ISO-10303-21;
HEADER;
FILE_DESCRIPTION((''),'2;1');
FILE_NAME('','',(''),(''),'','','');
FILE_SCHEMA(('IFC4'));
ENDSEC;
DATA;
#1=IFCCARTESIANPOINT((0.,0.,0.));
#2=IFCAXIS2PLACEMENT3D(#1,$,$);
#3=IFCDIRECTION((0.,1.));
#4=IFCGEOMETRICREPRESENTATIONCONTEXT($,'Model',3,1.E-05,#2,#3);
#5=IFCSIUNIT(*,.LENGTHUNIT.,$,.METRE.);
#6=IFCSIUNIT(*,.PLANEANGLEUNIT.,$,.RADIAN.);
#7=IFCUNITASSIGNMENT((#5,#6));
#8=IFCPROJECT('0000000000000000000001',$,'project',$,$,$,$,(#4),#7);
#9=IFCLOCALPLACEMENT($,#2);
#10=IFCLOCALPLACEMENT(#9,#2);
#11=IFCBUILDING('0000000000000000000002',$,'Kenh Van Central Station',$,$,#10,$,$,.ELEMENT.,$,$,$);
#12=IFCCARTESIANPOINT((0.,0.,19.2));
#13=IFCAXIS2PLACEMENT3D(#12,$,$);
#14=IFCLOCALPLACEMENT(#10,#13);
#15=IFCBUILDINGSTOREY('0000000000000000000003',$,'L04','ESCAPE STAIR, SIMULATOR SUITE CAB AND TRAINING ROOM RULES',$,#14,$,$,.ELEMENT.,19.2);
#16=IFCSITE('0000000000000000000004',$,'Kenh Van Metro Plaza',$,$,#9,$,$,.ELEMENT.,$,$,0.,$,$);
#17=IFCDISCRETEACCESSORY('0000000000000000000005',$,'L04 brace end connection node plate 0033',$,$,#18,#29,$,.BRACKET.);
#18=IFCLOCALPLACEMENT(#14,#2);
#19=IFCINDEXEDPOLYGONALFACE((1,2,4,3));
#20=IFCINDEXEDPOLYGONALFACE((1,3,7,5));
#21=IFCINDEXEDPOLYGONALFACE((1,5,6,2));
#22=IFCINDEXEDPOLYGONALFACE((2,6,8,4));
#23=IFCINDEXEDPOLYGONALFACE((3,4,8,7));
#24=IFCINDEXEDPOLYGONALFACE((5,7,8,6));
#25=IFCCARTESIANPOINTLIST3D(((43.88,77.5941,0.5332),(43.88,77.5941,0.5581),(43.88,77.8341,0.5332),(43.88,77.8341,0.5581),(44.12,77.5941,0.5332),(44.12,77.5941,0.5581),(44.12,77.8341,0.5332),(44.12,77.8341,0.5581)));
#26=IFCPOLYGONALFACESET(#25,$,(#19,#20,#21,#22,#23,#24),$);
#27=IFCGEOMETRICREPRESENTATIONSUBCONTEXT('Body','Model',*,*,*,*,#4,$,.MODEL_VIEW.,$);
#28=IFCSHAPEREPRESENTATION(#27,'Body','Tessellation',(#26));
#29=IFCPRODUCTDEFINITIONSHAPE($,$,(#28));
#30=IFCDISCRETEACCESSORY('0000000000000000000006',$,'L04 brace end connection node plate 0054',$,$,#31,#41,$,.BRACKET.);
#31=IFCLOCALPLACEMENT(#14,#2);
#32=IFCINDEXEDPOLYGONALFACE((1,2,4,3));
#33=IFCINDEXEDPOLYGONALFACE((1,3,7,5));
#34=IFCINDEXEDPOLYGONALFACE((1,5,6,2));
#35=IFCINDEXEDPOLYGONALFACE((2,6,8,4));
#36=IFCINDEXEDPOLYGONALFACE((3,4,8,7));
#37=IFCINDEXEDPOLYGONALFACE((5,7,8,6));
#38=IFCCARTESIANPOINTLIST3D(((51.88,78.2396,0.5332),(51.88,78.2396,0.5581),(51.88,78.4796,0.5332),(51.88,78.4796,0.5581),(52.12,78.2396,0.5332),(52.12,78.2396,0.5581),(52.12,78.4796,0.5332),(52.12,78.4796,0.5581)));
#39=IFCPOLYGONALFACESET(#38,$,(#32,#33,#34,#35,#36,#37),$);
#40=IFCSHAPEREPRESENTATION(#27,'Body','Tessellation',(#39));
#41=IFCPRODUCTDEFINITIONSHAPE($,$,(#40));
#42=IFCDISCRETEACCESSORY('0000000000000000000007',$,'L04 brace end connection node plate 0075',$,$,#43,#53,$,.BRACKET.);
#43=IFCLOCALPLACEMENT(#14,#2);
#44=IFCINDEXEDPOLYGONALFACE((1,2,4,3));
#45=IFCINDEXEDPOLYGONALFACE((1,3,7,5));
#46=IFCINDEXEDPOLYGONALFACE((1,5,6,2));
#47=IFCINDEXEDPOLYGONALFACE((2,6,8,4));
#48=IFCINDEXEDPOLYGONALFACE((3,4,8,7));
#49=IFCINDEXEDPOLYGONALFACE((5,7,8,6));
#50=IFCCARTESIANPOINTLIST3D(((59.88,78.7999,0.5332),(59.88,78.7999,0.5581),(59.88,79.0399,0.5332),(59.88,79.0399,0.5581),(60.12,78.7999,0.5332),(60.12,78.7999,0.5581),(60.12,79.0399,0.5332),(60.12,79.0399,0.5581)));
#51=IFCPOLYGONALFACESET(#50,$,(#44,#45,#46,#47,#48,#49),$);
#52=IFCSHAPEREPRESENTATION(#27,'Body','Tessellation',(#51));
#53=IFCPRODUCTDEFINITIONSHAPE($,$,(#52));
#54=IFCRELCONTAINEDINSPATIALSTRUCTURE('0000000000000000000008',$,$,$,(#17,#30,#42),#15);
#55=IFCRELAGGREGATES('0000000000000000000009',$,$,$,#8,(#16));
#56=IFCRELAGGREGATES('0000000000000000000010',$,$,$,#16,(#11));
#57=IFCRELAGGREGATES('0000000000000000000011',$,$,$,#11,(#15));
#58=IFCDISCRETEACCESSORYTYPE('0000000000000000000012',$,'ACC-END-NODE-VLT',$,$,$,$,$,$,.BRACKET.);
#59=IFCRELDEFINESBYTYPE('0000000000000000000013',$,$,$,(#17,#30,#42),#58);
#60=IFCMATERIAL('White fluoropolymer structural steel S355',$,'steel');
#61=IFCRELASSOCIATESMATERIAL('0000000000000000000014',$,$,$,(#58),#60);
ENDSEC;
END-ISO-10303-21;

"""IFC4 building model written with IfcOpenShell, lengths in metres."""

from ifc_helpers import new_model, si_unit, direction, frame, origin, origin_2d, place, context, subcontext, project, spatial, rectangle, extrude, material, type_object, element, save


model = new_model("IFC4")

# Units and contexts
model_context = context("Model", 3, precision=1e-05, world=origin(), true_north=direction((0.0, 1.0)))
body_context = subcontext(model_context, "Body", "Model", "MODEL_VIEW")
ifc_project = project(units=[si_unit("LENGTHUNIT", "METRE"), si_unit("PLANEANGLEUNIT", "RADIAN")], contexts=[model_context])

# Site, building, storey
site_placement = place(None, origin())
site = spatial("IfcSite", under=ifc_project, at=site_placement, Name="Kenh Van Metro Plaza", CompositionType="ELEMENT", RefElevation=0.0)
building_placement = place(site_placement, origin())
building = spatial("IfcBuilding", under=site, at=building_placement, Name="Kenh Van Central Station", CompositionType="ELEMENT")
storey_placement = place(building_placement, frame((0.0, 0.0, 19.2)))
storey = spatial("IfcBuildingStorey", under=building, at=storey_placement, Name="L04", Description="ESCAPE STAIR, SIMULATOR SUITE CAB AND TRAINING ROOM RULES", CompositionType="ELEMENT", Elevation=19.2)

# Shared definitions
ifc_material_1 = material(Name="White fluoropolymer structural steel S355", Category="steel")

# Discrete accessories
discrete_accessory_type = type_object("IfcDiscreteAccessoryType", Name="ACC-END-NODE-VLT", PredefinedType="BRACKET", material=ifc_material_1)
for number, where, z_axis, x_axis, name in (
    (1, (44.0, 77.7141, 0.5332), (0.0, 0.0, 1.0), (1.0, 0.0, 0.0), "L04 brace end connection node plate 0033"),
    (2, (52.0, 78.3596, 0.5332), (0.0, 0.0, 1.0), (1.0, 0.0, 0.0), "L04 brace end connection node plate 0054"),
    (3, (60.0, 78.9199, 0.5332), (0.0, 0.0, 1.0), (1.0, 0.0, 0.0), "L04 brace end connection node plate 0075"),
):
    element("IfcDiscreteAccessory", number, at=place(storey_placement, frame(where, z_axis=z_axis, x_axis=x_axis)), inside=storey, type_object=discrete_accessory_type, Name=name, PredefinedType="BRACKET", context=body_context, shape_type="SweptSolid", body=[
        extrude(rectangle(XDim=0.24, YDim=0.24, at=origin_2d()), origin(), (0.0, 0.0, 1.0), 0.0249),
    ])

save(model, "model.ifc")
